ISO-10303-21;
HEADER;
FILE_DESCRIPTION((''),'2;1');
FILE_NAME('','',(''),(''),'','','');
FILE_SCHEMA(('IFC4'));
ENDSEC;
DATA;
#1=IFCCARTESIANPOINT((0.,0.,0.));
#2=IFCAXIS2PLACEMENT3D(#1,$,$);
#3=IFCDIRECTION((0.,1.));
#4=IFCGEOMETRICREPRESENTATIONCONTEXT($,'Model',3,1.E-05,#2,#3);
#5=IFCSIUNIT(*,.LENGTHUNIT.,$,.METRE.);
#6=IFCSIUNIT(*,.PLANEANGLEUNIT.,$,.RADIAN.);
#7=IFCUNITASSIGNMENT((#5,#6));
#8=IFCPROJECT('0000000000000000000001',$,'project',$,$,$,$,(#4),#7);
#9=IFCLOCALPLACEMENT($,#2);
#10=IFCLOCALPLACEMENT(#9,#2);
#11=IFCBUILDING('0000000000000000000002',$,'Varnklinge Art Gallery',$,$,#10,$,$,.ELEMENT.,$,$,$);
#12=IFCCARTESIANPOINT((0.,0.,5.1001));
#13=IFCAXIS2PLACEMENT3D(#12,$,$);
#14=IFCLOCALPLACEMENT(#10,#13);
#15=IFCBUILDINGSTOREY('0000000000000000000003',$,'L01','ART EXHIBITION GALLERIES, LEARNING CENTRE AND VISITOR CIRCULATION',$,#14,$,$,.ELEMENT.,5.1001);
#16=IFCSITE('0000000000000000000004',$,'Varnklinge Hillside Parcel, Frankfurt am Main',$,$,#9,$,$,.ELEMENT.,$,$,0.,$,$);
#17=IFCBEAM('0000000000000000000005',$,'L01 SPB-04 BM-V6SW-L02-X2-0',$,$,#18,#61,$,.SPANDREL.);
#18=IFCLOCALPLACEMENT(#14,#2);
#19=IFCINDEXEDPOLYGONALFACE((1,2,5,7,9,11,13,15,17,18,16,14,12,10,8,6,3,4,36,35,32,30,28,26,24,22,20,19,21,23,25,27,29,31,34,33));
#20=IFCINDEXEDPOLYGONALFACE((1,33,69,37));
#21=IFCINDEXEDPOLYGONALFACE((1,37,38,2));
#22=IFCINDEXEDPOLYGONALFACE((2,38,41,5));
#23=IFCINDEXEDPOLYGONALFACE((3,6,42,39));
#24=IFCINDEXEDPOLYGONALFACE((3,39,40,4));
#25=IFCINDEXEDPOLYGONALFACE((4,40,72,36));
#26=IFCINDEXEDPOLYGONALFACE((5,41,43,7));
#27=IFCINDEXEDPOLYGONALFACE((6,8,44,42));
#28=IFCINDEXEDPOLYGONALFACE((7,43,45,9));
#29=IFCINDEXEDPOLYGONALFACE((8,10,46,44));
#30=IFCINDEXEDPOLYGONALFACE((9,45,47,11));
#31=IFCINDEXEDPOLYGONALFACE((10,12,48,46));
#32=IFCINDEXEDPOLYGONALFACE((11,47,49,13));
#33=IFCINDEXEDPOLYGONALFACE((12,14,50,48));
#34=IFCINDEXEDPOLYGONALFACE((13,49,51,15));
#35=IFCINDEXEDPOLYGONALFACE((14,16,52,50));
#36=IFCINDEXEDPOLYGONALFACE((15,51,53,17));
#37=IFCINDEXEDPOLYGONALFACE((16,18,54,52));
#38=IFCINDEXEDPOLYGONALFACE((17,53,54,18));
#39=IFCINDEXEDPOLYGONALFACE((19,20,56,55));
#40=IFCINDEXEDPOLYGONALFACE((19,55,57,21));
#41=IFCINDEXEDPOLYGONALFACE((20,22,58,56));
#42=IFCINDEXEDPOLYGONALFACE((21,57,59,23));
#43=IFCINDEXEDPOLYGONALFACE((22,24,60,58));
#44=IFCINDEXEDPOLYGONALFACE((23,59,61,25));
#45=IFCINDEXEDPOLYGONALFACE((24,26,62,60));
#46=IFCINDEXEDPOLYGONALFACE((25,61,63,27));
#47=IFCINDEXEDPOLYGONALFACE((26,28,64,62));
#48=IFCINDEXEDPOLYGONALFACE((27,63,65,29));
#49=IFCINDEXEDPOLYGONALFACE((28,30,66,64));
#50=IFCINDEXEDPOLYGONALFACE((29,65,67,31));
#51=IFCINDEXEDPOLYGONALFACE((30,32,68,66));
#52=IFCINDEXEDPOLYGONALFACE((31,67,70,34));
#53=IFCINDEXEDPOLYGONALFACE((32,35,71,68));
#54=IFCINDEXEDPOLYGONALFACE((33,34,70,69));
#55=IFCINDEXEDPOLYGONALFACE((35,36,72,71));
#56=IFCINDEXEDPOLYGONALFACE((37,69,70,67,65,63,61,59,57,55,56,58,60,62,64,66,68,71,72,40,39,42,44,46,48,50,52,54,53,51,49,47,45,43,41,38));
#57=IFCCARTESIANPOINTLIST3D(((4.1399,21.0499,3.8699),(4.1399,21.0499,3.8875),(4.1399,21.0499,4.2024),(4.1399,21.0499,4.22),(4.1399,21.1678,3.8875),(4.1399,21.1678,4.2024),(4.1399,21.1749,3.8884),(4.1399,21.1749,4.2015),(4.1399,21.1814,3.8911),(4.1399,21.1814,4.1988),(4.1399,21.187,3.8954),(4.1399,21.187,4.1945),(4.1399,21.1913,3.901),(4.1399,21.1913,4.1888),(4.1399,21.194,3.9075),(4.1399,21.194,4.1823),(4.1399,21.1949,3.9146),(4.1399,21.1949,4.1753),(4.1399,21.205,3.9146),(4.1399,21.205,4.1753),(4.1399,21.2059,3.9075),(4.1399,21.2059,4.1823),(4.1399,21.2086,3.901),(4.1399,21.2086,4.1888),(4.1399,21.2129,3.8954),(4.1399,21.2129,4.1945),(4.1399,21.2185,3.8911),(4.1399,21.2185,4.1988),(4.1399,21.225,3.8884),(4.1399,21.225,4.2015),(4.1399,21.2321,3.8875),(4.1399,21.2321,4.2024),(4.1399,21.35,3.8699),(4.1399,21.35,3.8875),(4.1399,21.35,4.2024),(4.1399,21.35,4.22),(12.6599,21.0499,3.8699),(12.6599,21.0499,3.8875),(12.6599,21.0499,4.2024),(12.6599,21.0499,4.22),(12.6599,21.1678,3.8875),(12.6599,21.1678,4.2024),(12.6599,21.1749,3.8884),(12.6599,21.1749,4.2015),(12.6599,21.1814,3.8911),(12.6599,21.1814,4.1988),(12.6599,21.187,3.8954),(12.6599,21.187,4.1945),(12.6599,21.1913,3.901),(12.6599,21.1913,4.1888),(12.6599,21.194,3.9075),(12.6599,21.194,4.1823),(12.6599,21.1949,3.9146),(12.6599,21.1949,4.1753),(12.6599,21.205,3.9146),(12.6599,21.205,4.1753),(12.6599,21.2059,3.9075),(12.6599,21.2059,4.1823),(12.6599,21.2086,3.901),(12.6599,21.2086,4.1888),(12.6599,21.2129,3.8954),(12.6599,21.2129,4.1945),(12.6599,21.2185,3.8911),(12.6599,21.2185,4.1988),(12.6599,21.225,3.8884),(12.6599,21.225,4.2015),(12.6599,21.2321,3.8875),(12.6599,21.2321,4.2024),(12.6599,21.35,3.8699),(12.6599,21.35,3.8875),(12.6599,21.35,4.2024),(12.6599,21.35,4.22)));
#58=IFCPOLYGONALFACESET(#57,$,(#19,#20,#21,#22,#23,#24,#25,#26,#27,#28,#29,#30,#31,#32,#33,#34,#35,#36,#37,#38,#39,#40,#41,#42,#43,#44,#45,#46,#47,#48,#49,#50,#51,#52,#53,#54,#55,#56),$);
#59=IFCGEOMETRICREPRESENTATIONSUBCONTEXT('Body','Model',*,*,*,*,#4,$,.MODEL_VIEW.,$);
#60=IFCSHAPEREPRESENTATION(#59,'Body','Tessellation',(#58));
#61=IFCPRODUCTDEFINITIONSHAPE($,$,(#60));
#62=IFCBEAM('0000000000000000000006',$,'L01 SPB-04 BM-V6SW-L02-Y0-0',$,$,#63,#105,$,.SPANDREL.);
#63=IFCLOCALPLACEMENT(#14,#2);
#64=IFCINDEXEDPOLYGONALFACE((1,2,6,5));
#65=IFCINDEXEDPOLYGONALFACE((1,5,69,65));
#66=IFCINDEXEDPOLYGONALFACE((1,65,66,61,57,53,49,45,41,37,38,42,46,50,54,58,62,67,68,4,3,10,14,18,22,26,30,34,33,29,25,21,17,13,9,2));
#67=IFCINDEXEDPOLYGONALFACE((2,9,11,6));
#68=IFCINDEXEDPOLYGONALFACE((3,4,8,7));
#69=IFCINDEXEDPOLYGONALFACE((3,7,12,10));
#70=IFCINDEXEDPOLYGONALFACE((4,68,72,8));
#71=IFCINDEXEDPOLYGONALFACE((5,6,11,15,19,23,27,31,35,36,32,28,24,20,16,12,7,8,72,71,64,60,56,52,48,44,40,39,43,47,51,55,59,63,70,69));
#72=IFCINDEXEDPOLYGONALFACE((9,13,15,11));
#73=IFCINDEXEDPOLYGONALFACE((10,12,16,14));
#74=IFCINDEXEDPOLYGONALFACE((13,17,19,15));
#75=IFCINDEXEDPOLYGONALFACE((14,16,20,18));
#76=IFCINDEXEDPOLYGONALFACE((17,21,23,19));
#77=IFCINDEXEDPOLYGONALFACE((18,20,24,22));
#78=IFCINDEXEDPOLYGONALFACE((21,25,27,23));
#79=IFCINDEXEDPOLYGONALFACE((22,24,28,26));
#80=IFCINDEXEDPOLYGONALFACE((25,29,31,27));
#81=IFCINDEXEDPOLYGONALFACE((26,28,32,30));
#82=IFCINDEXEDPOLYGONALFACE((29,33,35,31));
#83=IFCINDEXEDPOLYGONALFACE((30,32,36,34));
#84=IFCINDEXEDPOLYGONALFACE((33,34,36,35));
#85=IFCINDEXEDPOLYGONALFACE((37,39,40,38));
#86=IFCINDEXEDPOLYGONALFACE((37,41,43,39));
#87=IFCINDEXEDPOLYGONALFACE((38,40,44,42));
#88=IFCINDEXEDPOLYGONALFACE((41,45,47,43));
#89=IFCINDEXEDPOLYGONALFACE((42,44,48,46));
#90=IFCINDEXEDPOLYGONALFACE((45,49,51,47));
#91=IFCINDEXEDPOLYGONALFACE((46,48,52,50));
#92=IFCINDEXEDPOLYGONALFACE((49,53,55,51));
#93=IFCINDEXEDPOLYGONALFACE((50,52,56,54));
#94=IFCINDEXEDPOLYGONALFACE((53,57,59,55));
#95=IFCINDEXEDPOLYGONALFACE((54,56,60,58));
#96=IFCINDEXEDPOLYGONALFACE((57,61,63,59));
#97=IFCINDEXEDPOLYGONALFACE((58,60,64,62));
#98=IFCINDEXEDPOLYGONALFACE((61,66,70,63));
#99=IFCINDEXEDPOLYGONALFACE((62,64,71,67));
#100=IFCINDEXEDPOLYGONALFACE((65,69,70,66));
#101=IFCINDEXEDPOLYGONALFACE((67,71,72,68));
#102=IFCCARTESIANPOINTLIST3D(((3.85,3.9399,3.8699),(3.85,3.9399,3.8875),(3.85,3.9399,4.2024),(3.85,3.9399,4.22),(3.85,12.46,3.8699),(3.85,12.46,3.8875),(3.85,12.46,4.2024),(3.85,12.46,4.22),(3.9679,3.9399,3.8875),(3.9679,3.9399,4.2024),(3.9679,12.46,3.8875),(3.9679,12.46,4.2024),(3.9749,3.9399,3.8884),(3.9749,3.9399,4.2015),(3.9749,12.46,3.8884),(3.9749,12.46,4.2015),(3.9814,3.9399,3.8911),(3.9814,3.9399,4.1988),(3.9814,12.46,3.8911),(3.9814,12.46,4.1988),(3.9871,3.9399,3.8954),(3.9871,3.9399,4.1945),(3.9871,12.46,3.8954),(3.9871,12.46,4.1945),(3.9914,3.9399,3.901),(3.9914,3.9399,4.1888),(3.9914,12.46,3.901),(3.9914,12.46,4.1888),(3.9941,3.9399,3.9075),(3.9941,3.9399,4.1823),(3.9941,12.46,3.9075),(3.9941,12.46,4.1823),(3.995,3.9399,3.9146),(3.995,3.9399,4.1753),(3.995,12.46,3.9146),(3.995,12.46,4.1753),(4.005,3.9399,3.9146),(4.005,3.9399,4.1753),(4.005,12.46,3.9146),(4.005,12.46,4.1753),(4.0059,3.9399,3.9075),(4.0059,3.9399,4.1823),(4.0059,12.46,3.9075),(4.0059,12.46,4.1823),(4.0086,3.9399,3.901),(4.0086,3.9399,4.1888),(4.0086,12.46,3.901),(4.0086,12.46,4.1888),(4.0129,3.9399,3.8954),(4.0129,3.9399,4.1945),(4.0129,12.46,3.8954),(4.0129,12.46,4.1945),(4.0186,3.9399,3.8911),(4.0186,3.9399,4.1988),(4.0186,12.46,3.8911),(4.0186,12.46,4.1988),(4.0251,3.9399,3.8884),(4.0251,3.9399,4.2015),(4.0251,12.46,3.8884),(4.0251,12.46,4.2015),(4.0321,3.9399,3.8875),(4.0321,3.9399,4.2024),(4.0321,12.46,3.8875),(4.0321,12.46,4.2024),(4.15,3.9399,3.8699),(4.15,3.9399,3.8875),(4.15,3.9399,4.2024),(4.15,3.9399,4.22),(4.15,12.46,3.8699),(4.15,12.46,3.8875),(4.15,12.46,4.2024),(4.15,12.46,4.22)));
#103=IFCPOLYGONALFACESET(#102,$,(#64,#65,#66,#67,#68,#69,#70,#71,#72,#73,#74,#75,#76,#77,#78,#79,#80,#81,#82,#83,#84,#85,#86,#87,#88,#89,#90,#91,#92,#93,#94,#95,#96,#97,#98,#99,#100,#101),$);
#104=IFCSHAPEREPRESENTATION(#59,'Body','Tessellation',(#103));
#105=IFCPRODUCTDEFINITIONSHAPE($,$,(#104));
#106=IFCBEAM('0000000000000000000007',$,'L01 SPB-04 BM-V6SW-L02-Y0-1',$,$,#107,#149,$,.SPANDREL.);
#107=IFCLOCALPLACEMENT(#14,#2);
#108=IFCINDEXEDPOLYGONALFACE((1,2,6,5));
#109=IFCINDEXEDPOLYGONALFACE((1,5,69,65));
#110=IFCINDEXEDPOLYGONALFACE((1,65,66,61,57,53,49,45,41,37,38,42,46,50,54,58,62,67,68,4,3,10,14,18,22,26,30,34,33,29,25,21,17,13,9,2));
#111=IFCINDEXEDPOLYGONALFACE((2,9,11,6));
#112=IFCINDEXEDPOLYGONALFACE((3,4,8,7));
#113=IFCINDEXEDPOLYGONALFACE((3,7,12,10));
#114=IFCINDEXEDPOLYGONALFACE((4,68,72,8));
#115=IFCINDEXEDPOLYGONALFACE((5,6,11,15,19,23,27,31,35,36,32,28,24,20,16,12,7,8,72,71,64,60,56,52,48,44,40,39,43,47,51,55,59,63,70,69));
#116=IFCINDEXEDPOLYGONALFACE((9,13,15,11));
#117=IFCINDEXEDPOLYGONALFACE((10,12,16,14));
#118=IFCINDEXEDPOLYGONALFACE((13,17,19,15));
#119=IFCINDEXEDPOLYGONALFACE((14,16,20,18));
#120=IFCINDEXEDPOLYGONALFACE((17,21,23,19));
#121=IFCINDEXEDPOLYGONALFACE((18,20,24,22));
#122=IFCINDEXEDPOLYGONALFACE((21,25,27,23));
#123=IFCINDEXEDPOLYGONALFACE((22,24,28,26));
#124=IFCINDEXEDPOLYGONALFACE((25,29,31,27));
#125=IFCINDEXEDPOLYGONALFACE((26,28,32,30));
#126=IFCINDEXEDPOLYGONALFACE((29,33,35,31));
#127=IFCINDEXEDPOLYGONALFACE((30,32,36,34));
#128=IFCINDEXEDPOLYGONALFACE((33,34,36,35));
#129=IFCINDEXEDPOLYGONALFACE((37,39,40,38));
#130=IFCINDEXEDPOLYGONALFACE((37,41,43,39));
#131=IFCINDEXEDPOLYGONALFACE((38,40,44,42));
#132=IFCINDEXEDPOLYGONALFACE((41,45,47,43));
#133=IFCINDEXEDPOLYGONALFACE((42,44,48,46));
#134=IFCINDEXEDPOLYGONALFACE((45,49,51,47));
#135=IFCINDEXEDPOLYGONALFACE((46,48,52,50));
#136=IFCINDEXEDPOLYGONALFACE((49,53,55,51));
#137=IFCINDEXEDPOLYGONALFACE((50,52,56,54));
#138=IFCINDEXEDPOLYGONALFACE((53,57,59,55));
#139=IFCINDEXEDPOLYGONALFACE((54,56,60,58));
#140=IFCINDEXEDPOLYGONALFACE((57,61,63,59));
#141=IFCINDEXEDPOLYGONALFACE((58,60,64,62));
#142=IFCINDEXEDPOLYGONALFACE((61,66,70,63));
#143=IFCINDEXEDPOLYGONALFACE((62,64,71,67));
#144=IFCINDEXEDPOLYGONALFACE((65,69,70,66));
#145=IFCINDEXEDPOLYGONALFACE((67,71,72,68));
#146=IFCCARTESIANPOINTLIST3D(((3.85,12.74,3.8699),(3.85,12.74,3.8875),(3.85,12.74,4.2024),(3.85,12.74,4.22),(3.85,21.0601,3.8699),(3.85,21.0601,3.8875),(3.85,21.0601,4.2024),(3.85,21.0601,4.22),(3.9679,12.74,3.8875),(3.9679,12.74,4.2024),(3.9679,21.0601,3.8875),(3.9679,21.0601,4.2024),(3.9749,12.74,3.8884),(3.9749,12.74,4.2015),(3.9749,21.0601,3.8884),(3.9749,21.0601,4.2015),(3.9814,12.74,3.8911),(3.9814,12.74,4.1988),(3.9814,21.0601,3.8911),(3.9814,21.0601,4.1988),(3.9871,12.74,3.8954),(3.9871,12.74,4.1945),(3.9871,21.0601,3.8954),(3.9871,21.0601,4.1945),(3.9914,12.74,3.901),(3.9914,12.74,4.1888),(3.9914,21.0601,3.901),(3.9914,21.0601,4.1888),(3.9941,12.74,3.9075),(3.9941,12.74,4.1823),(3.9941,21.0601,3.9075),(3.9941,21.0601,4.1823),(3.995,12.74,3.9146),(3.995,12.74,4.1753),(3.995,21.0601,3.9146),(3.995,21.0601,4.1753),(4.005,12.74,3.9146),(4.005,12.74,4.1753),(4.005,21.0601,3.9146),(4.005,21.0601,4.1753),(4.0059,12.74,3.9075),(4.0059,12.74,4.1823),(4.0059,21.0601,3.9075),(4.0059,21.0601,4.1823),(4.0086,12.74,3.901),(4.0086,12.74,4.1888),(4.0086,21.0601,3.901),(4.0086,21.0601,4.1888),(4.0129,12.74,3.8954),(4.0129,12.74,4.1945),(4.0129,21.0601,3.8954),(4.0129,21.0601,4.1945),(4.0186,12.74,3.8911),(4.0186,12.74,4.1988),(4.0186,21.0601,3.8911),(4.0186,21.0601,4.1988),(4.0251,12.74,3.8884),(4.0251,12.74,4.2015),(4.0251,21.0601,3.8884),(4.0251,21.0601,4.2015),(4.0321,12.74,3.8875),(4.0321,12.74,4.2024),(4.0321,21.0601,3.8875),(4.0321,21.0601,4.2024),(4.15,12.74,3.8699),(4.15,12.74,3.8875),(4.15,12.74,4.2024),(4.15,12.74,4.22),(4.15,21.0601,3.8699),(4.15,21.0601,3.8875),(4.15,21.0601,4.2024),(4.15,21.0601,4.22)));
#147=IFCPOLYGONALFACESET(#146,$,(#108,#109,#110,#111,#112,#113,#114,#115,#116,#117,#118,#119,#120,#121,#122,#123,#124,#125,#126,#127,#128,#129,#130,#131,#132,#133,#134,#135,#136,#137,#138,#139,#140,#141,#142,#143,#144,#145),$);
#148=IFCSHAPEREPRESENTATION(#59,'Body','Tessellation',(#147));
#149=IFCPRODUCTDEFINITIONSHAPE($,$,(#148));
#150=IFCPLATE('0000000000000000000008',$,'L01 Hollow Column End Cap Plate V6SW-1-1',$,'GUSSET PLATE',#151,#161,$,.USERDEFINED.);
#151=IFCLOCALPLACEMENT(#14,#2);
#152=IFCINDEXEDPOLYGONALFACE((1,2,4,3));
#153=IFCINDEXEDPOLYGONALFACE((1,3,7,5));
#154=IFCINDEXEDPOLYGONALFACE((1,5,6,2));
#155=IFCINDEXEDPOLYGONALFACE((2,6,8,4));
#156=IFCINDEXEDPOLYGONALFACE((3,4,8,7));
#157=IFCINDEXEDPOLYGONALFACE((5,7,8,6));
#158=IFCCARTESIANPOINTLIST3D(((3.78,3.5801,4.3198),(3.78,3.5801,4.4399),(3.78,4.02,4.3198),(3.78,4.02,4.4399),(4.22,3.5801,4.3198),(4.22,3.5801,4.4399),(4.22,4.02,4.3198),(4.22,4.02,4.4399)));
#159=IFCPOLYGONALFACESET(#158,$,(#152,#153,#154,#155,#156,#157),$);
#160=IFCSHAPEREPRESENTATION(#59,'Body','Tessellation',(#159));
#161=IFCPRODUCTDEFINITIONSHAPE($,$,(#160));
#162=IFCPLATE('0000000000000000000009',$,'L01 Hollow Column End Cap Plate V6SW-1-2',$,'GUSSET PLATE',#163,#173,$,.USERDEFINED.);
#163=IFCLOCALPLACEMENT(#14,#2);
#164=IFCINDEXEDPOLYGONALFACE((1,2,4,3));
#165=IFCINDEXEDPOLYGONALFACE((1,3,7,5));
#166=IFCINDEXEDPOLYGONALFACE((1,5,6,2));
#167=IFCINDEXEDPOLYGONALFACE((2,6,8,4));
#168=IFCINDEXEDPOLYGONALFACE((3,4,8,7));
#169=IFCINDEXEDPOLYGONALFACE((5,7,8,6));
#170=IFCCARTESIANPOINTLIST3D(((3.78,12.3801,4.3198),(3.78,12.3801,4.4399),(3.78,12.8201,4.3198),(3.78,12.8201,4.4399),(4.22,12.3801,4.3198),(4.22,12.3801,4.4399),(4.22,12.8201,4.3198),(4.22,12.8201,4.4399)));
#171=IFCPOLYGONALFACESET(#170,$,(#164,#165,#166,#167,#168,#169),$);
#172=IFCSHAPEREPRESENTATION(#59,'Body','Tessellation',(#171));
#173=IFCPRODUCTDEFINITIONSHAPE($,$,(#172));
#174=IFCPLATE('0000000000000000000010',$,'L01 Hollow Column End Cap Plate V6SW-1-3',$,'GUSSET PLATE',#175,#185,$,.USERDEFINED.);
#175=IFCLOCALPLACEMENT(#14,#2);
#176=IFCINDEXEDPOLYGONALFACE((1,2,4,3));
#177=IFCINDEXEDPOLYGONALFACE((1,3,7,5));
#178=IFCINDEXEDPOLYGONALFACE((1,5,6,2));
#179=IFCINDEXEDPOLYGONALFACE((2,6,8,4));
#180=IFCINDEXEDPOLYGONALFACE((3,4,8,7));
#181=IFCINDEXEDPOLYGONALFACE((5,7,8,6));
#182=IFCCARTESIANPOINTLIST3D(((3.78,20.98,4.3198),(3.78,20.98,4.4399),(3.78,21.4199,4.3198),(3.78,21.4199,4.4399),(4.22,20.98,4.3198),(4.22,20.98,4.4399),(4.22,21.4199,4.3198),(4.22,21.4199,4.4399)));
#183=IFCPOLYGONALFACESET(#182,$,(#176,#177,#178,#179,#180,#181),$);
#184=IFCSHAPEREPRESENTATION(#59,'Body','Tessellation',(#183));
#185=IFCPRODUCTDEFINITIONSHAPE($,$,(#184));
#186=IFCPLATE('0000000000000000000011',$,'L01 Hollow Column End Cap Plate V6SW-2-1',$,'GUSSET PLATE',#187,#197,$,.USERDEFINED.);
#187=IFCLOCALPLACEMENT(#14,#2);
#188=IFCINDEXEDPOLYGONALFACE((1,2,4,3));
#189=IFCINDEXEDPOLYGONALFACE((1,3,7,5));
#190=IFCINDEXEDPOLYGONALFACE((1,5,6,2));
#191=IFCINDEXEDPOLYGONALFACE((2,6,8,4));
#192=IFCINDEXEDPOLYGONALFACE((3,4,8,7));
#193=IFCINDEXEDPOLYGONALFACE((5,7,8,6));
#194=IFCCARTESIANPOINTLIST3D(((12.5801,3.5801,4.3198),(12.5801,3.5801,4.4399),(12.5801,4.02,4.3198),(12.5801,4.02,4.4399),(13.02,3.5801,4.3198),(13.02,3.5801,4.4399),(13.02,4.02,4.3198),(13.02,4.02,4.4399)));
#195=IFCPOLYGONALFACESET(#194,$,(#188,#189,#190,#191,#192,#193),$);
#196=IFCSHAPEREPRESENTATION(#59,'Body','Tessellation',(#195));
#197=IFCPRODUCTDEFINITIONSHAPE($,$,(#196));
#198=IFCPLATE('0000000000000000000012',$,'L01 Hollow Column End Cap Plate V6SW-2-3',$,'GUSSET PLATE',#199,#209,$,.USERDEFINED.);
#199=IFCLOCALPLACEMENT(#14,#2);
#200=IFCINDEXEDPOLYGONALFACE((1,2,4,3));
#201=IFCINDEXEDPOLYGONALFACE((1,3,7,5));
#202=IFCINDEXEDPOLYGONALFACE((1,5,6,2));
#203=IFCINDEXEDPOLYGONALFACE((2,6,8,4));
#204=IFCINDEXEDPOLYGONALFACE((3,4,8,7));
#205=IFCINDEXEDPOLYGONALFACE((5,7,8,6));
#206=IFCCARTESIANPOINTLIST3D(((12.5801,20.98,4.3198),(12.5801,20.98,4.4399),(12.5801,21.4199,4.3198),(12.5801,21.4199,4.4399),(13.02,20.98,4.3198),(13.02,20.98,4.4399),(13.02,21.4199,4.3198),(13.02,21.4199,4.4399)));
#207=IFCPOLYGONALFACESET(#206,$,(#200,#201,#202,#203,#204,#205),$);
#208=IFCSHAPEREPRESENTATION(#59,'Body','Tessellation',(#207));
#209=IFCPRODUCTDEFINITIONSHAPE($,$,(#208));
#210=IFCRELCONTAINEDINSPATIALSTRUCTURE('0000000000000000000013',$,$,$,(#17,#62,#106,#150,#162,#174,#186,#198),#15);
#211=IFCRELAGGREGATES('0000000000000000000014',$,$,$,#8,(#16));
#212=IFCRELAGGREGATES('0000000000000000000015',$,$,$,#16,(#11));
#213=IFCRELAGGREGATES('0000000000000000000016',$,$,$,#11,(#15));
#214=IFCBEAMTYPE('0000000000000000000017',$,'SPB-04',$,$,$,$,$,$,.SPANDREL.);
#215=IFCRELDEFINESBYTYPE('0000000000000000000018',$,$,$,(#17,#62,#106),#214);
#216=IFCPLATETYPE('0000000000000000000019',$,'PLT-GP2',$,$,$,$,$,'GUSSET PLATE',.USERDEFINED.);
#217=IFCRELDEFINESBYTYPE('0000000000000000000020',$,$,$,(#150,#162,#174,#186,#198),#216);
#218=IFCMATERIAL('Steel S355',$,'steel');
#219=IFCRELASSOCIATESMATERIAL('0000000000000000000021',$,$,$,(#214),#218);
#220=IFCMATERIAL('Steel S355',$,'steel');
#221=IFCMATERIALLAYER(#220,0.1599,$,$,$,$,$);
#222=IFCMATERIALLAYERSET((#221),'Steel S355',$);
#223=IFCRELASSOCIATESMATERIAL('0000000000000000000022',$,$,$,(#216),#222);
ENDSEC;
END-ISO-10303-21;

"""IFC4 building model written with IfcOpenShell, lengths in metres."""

from ifc_helpers import new_model, si_unit, direction, frame, origin, origin_2d, place, context, subcontext, project, spatial, rectangle, i_section, extrude, material, layer, layer_set, material_profile, profile_set, type_object, element, save


model = new_model("IFC4")

# Units and contexts
model_context = context("Model", 3, precision=1e-05, world=origin(), true_north=direction((0.0, 1.0)))
body_context = subcontext(model_context, "Body", "Model", "MODEL_VIEW")
ifc_project = project(units=[si_unit("LENGTHUNIT", "METRE"), si_unit("PLANEANGLEUNIT", "RADIAN")], contexts=[model_context])

# Site, building, storey
site_placement = place(None, origin())
site = spatial("IfcSite", under=ifc_project, at=site_placement, Name="Varnklinge Hillside Parcel, Frankfurt am Main", CompositionType="ELEMENT", RefElevation=0.0)
building_placement = place(site_placement, origin())
building = spatial("IfcBuilding", under=site, at=building_placement, Name="Varnklinge Art Gallery", CompositionType="ELEMENT")
storey_placement = place(building_placement, frame((0.0, 0.0, 5.1001)))
storey = spatial("IfcBuildingStorey", under=building, at=storey_placement, Name="L01", Description="ART EXHIBITION GALLERIES, LEARNING CENTRE AND VISITOR CIRCULATION", CompositionType="ELEMENT", Elevation=5.1001)

# Beams
ifc_material_1 = material(Name="Steel S355", Category="steel")
ifc_material_profile_1 = material_profile(ifc_material_1, i_section(OverallWidth=0.3, OverallDepth=0.3501, WebThickness=0.01, FlangeThickness=0.0176, FilletRadius=0.0271, at=origin_2d()), Name="HEA 360")
ifc_profile_set_1 = profile_set([ifc_material_profile_1], Name="Steel S355")
beam_type_1 = type_object("IfcBeamType", Name="SPB-04", PredefinedType="SPANDREL", material=ifc_profile_set_1)
for number, where, z_axis, x_axis, name in (
    (1, (4.1399, 21.2, 4.0449), (1.0, 0.0, 0.0), (0.0, 1.0, 0.0), "L01 SPB-04 BM-V6SW-L02-X2-0"),
    (2, (4.0, 3.9399, 4.0449), (0.0, 1.0, 0.0), (-1.0, 0.0, 0.0), "L01 SPB-04 BM-V6SW-L02-Y0-0"),
):
    element("IfcBeam", number, at=place(storey_placement, frame(where, z_axis=z_axis, x_axis=x_axis)), inside=storey, type_object=beam_type_1, Name=name, PredefinedType="SPANDREL", context=body_context, shape_type="SweptSolid", body=[
        extrude(i_section(OverallWidth=0.3, OverallDepth=0.3501, WebThickness=0.01, FlangeThickness=0.0176, FilletRadius=0.0271, at=origin_2d()), origin(), (0.0, 0.0, 1.0), 8.52),
    ])
beam_1_placement = place(storey_placement, frame((4.0, 12.74, 4.0449), z_axis=(0.0, 1.0, 0.0), x_axis=(-1.0, 0.0, 0.0)))
element("IfcBeam", 3, at=beam_1_placement, inside=storey, type_object=beam_type_1, Name="L01 SPB-04 BM-V6SW-L02-Y0-1", PredefinedType="SPANDREL", context=body_context, shape_type="SweptSolid", body=[
    extrude(i_section(OverallWidth=0.3, OverallDepth=0.3501, WebThickness=0.01, FlangeThickness=0.0176, FilletRadius=0.0271, at=origin_2d()), origin(), (0.0, 0.0, 1.0), 8.3201),
])

# Plates
ifc_material_2 = material(Name="Steel S355", Category="steel")
ifc_layer_1 = layer(ifc_material_2, 0.1599)
ifc_layer_set_1 = layer_set([ifc_layer_1], Name="Steel S355")
plate_type = type_object("IfcPlateType", Name="PLT-GP2", ElementType="GUSSET PLATE", PredefinedType="USERDEFINED", material=ifc_layer_set_1)
for number, where, z_axis, x_axis, name in (
    (4, (4.0, 3.8, 4.3198), (0.0, 0.0, 1.0), (1.0, 0.0, 0.0), "L01 Hollow Column End Cap Plate V6SW-1-1"),
    (5, (4.0, 12.6001, 4.3198), (0.0, 0.0, 1.0), (1.0, 0.0, 0.0), "L01 Hollow Column End Cap Plate V6SW-1-2"),
    (6, (4.0, 21.2, 4.3198), (0.0, 0.0, 1.0), (1.0, 0.0, 0.0), "L01 Hollow Column End Cap Plate V6SW-1-3"),
    (7, (12.8, 3.8, 4.3198), (0.0, 0.0, 1.0), (1.0, 0.0, 0.0), "L01 Hollow Column End Cap Plate V6SW-2-1"),
    (8, (12.8, 21.2, 4.3198), (0.0, 0.0, 1.0), (1.0, 0.0, 0.0), "L01 Hollow Column End Cap Plate V6SW-2-3"),
):
    element("IfcPlate", number, at=place(storey_placement, frame(where, z_axis=z_axis, x_axis=x_axis)), inside=storey, type_object=plate_type, Name=name, ObjectType="GUSSET PLATE", PredefinedType="USERDEFINED", context=body_context, shape_type="SweptSolid", body=[
        extrude(rectangle(XDim=0.4399, YDim=0.4399, at=origin_2d()), origin(), (0.0, 0.0, 1.0), 0.1201),
    ])

save(model, "model.ifc")
